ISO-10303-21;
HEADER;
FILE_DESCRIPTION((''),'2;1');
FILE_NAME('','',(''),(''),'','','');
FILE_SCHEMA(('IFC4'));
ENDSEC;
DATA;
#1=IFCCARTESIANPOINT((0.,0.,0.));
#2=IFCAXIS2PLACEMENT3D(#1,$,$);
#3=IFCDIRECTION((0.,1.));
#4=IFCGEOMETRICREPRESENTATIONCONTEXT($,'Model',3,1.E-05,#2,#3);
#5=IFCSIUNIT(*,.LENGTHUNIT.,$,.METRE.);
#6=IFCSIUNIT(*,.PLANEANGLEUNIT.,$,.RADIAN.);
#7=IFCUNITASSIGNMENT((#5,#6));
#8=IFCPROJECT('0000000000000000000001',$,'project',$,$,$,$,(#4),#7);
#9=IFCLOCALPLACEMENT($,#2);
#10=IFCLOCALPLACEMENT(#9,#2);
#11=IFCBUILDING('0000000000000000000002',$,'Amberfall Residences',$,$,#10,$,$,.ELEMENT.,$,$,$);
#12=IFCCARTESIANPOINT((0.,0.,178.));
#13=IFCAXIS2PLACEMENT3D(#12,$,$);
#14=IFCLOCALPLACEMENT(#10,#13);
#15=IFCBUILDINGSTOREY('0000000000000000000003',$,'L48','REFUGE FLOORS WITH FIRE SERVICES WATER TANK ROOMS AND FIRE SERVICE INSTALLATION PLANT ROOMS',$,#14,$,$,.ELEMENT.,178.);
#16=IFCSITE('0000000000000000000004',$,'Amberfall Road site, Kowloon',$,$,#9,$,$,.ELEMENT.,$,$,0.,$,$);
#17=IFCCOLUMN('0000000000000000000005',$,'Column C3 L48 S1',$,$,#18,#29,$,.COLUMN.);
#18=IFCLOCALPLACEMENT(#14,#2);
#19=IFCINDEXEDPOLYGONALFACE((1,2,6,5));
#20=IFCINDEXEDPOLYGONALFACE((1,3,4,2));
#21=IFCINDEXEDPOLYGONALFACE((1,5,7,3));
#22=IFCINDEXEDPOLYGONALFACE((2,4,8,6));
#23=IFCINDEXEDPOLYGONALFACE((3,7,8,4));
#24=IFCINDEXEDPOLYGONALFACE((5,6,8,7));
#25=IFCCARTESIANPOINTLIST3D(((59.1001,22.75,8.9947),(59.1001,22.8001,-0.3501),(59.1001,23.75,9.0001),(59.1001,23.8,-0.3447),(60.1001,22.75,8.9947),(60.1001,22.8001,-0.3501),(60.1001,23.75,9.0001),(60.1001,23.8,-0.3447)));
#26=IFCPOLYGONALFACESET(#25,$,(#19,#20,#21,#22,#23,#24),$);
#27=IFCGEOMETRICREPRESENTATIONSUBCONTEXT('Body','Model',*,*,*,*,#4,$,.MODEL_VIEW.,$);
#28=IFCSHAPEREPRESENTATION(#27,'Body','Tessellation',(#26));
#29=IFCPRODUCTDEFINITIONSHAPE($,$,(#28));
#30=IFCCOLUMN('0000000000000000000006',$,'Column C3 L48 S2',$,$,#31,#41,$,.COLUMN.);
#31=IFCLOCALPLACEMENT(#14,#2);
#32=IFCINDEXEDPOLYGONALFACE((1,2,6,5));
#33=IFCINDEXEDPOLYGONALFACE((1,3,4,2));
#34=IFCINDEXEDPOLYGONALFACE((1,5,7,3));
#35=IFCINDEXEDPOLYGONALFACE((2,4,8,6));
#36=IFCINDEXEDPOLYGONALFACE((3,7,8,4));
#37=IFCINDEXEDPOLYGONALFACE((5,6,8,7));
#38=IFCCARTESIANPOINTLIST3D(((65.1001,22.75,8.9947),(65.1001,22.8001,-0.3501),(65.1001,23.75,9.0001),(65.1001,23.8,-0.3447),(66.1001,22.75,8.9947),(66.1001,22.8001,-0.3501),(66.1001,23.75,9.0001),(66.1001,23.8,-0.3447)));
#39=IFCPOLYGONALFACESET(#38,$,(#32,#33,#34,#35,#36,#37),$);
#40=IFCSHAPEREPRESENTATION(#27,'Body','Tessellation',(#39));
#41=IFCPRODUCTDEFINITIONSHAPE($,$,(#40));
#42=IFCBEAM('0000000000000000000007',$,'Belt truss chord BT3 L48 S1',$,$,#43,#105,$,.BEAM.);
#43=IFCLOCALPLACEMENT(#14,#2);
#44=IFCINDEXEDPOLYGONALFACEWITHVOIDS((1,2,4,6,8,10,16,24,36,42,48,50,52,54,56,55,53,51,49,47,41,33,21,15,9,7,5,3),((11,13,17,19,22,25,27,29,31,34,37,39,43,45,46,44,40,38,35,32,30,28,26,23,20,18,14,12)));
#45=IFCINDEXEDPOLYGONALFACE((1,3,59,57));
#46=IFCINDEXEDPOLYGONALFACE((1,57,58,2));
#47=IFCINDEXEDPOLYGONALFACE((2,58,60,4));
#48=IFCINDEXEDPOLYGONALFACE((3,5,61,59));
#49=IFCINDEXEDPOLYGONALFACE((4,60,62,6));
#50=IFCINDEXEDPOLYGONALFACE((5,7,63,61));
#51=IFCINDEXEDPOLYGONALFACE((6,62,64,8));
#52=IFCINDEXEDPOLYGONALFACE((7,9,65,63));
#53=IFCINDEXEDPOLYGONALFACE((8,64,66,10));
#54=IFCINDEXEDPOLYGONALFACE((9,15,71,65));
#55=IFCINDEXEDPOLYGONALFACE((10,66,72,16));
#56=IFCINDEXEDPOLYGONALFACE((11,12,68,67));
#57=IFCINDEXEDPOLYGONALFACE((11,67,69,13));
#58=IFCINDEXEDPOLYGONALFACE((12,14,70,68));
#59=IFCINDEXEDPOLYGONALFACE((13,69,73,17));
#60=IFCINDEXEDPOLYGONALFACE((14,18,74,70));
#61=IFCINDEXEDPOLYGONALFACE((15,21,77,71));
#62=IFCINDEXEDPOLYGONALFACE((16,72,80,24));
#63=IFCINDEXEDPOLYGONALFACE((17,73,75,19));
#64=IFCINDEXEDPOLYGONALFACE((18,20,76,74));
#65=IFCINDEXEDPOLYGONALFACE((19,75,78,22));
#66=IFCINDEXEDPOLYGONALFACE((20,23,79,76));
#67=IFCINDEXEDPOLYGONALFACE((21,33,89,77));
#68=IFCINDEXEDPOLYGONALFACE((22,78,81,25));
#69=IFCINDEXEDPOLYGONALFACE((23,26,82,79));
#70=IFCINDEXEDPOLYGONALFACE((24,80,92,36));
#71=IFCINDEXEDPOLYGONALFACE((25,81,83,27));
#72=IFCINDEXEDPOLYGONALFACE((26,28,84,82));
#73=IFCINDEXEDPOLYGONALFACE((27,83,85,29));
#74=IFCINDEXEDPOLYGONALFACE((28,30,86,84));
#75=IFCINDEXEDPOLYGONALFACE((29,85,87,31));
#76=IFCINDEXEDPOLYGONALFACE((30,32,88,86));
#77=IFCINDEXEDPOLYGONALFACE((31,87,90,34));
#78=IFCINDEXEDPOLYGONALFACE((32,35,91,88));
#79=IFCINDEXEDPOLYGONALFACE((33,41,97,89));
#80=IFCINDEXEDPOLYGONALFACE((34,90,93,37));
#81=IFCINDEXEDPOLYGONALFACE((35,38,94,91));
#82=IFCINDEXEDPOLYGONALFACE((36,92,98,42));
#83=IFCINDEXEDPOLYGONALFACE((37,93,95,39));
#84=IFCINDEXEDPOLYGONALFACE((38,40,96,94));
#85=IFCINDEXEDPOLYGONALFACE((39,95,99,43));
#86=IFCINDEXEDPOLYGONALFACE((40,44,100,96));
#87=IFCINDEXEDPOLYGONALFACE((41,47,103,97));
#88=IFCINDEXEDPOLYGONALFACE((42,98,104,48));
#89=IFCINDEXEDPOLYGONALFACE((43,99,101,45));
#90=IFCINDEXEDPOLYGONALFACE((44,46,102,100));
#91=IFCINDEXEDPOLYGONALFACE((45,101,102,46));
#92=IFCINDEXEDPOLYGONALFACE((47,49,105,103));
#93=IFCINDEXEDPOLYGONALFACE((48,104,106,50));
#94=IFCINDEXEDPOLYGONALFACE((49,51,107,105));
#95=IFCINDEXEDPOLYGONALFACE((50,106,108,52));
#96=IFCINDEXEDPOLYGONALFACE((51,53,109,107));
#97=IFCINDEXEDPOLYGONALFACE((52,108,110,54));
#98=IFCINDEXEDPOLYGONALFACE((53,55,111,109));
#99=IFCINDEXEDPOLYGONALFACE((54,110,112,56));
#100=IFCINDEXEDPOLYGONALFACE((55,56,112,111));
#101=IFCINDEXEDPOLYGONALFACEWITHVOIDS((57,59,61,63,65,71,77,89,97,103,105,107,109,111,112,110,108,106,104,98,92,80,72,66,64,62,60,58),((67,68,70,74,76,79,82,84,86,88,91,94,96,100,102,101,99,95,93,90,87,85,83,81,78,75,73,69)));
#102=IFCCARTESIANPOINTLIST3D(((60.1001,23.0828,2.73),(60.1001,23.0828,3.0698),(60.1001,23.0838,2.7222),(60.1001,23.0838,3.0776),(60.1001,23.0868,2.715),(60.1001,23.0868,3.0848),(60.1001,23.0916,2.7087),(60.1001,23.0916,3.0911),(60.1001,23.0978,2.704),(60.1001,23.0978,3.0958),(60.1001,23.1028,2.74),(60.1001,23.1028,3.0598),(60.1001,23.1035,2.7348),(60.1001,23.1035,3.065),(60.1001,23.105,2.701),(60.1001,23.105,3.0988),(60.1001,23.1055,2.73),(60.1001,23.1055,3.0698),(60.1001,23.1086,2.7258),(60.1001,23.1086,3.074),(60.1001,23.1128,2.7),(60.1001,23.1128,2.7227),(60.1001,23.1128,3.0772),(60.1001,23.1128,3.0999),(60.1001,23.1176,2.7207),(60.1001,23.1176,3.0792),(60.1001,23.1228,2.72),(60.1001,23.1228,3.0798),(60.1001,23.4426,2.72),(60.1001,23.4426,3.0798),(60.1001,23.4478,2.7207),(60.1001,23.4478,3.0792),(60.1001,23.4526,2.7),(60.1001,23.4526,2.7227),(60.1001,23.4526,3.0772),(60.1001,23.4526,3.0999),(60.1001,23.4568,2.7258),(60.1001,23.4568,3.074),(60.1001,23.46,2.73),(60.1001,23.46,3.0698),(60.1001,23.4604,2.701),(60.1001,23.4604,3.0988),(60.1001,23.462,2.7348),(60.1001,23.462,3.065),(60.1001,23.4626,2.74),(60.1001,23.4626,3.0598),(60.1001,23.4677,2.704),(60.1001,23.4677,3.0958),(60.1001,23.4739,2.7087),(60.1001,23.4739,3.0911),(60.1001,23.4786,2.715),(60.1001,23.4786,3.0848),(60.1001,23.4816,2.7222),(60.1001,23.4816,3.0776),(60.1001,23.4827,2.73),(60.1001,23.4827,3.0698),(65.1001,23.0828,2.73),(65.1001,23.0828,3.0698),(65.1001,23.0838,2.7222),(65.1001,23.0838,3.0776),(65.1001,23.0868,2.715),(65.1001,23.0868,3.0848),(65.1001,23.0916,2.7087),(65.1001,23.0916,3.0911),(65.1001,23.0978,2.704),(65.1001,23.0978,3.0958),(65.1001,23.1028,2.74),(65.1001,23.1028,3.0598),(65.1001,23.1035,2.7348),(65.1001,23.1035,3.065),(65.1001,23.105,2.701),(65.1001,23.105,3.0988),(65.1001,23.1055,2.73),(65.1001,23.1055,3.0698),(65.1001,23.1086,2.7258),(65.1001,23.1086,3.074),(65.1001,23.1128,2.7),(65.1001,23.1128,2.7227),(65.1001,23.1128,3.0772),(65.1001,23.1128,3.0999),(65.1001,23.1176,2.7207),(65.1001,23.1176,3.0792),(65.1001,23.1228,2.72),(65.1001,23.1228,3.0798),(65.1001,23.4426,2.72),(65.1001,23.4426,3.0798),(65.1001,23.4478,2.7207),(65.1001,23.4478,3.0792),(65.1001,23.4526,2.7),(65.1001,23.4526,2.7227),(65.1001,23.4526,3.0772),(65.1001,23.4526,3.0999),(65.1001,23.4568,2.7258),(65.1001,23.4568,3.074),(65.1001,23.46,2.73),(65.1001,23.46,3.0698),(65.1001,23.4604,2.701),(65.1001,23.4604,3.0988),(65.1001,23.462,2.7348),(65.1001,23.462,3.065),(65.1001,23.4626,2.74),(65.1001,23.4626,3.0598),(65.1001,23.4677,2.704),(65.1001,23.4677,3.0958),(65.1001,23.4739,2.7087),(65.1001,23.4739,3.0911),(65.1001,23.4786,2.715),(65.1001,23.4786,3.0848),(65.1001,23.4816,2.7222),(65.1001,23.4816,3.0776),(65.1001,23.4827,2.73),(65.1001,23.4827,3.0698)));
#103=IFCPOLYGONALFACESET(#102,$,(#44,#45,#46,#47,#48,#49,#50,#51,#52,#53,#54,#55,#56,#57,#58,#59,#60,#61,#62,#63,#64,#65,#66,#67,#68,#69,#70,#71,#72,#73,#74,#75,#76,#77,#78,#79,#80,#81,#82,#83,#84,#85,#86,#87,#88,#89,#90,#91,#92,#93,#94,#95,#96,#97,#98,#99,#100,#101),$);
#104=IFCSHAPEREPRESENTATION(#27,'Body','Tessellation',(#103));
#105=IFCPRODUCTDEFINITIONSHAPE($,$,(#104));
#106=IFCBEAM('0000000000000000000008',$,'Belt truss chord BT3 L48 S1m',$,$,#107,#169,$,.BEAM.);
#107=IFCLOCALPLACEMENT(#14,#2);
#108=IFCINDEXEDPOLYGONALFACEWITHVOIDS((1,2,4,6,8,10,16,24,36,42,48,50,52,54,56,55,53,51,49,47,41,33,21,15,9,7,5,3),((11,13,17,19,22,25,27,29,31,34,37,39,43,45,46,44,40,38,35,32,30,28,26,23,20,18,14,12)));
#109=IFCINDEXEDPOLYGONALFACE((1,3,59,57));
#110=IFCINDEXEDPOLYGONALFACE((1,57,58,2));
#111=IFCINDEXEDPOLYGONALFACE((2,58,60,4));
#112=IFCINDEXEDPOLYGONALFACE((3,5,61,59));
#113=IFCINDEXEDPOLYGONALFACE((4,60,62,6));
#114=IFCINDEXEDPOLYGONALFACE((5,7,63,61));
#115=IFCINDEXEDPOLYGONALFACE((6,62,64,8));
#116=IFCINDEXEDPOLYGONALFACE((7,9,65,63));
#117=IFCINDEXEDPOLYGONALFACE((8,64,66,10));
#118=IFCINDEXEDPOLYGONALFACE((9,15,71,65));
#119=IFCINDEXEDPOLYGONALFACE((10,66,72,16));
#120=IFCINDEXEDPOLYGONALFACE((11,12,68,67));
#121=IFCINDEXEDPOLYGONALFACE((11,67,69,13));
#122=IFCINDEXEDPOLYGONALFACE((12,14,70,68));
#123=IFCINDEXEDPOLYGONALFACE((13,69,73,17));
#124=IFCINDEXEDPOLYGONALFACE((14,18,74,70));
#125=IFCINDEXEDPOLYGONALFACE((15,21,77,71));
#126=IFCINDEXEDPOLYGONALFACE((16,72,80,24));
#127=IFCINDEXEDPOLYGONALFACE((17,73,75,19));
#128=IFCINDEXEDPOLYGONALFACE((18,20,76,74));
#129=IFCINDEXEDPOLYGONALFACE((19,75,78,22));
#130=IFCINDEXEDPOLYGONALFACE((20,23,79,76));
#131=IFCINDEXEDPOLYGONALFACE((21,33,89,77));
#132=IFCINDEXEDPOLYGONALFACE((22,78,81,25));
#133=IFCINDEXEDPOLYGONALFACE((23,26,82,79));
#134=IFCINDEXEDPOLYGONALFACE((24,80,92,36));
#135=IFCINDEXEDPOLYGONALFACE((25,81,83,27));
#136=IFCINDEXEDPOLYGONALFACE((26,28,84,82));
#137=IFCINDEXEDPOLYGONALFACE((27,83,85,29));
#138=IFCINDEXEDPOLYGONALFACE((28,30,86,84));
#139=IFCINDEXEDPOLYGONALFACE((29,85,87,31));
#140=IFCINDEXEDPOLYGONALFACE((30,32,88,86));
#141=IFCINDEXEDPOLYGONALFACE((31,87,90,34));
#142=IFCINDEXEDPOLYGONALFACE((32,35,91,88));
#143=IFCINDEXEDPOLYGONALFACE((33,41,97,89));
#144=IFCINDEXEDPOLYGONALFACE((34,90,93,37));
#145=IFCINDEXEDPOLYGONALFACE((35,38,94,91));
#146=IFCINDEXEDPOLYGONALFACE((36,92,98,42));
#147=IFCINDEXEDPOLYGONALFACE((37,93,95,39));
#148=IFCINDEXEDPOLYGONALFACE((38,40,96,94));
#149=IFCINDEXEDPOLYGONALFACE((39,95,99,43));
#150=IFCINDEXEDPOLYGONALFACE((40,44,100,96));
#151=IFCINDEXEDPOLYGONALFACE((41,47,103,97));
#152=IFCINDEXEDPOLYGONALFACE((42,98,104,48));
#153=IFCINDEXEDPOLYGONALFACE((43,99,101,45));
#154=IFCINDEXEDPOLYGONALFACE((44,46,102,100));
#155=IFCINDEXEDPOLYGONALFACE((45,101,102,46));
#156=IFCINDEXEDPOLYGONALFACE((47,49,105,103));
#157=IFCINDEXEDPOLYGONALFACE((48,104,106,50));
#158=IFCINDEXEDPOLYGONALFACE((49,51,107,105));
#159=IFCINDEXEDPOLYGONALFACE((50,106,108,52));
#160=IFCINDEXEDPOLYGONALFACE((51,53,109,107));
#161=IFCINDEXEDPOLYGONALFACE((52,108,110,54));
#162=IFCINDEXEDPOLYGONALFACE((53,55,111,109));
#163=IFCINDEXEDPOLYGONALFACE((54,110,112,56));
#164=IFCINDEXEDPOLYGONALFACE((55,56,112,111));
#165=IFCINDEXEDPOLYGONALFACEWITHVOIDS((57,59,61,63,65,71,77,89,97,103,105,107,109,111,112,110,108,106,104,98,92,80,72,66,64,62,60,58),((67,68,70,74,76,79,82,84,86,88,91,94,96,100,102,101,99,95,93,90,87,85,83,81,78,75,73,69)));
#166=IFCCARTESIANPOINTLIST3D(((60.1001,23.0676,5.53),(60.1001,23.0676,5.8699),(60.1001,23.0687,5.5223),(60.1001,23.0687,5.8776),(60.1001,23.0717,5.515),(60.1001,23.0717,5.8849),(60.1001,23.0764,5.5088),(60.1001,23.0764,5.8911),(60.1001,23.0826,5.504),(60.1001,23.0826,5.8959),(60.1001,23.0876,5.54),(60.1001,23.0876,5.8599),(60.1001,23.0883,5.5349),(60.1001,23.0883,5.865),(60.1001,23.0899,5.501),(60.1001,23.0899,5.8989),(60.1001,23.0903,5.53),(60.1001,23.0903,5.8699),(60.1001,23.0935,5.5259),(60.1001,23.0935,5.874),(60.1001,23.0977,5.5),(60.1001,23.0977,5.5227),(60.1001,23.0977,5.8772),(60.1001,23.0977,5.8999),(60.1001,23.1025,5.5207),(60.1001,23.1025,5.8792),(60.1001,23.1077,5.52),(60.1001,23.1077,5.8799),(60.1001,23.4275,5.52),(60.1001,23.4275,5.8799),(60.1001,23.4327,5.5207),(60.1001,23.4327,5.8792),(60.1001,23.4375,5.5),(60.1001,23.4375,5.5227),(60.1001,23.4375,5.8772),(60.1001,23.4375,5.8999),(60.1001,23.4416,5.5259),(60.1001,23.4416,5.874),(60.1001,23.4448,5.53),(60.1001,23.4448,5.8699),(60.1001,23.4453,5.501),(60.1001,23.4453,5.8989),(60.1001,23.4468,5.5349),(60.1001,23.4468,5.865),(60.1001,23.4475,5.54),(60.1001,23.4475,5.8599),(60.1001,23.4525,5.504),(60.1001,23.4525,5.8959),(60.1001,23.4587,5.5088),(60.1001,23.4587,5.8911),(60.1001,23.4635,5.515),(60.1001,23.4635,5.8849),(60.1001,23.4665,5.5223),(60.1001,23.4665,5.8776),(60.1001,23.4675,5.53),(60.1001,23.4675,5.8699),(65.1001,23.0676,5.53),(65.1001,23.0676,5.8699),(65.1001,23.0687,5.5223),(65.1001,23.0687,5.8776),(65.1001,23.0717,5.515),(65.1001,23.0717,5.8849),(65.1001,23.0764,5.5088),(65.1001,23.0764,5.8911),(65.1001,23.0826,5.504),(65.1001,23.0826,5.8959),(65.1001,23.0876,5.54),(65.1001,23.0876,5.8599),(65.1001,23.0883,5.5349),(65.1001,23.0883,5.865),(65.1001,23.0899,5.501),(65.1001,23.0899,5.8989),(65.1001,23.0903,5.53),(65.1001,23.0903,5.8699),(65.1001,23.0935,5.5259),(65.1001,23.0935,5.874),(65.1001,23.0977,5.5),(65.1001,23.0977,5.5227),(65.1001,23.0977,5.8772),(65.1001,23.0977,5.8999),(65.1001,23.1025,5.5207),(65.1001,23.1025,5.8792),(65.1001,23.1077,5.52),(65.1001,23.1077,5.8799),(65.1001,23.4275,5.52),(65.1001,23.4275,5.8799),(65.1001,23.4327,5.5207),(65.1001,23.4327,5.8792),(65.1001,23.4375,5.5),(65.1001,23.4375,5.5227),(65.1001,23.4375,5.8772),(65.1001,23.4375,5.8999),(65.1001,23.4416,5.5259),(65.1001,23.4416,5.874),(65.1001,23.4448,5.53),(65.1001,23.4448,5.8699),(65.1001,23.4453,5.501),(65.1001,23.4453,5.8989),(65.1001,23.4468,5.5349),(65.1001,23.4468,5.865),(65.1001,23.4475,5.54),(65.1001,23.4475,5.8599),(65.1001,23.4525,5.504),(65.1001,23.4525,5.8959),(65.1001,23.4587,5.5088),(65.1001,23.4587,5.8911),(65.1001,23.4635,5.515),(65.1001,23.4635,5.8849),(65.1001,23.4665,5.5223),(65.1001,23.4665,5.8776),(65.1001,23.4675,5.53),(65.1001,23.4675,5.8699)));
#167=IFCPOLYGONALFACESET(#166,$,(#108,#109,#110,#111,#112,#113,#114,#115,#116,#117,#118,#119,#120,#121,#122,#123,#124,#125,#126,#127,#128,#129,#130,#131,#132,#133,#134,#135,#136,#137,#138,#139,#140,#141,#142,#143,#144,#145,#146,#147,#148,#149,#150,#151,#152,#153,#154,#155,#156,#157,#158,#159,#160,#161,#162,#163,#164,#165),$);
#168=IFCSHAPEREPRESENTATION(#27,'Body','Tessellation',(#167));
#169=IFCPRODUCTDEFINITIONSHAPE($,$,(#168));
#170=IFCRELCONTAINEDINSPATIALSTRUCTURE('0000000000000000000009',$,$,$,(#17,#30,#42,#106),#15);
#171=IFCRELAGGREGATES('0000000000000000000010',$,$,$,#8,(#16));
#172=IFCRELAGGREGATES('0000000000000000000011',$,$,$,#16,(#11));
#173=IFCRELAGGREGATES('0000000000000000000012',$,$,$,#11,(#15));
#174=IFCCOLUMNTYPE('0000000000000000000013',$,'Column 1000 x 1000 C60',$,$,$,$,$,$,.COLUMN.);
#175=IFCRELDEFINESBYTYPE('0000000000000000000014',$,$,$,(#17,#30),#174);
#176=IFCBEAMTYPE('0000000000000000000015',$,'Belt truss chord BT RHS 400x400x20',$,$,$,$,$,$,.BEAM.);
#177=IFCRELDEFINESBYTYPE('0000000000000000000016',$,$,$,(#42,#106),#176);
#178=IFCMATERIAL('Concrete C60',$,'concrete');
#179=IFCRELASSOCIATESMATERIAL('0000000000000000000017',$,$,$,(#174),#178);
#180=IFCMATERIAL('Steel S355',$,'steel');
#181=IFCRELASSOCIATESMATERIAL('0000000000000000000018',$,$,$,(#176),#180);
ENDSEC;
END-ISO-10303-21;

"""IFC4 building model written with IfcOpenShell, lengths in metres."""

from ifc_helpers import new_model, si_unit, direction, frame, origin, origin_2d, place, context, subcontext, project, spatial, rectangle, hollow_rectangle, extrude, material, material_profile, profile_set, type_object, element, save


model = new_model("IFC4")

# Units and contexts
model_context = context("Model", 3, precision=1e-05, world=origin(), true_north=direction((0.0, 1.0)))
body_context = subcontext(model_context, "Body", "Model", "MODEL_VIEW")
ifc_project = project(units=[si_unit("LENGTHUNIT", "METRE"), si_unit("PLANEANGLEUNIT", "RADIAN")], contexts=[model_context])

# Site, building, storey
site_placement = place(None, origin())
site = spatial("IfcSite", under=ifc_project, at=site_placement, Name="Amberfall Road site, Kowloon", CompositionType="ELEMENT", RefElevation=0.0)
building_placement = place(site_placement, origin())
building = spatial("IfcBuilding", under=site, at=building_placement, Name="Amberfall Residences", CompositionType="ELEMENT")
storey_placement = place(building_placement, frame((0.0, 0.0, 178.0)))
storey = spatial("IfcBuildingStorey", under=building, at=storey_placement, Name="L48", Description="REFUGE FLOORS WITH FIRE SERVICES WATER TANK ROOMS AND FIRE SERVICE INSTALLATION PLANT ROOMS", CompositionType="ELEMENT", Elevation=178.0)

# Columns
ifc_material_1 = material(Name="Concrete C60", Category="concrete")
ifc_material_profile_1 = material_profile(ifc_material_1, rectangle(XDim=1.0, YDim=1.0, at=origin_2d()), Name="Column 1000 x 1000 C60")
ifc_profile_set_1 = profile_set([ifc_material_profile_1], Name="Concrete C60")
column_type = type_object("IfcColumnType", Name="Column 1000 x 1000 C60", PredefinedType="COLUMN", material=ifc_profile_set_1)
for number, where, z_axis, x_axis, name in (
    (1, (59.6001, 23.3, -0.3474), (0.0, -0.005356, 0.999986), (1.0, 0.0, 0.0), "Column C3 L48 S1"),
    (2, (65.6001, 23.3, -0.3474), (0.0, -0.005356, 0.999986), (1.0, 0.0, 0.0), "Column C3 L48 S2"),
):
    element("IfcColumn", number, at=place(storey_placement, frame(where, z_axis=z_axis, x_axis=x_axis)), inside=storey, type_object=column_type, Name=name, PredefinedType="COLUMN", context=body_context, shape_type="SweptSolid", body=[
        extrude(rectangle(XDim=1.0, YDim=1.0, at=origin_2d()), origin(), (0.0, 0.0, 1.0), 9.345),
    ])

# Beams
ifc_material_2 = material(Name="Steel S355", Category="steel")
ifc_material_profile_2 = material_profile(ifc_material_2, hollow_rectangle(XDim=0.3999, YDim=0.3999, WallThickness=0.02, InnerFilletRadius=0.02, OuterFilletRadius=0.03, at=origin_2d()), Name="RHS 400x400x20")
ifc_profile_set_2 = profile_set([ifc_material_profile_2], Name="Steel S355")
beam_type_1 = type_object("IfcBeamType", Name="Belt truss chord BT RHS 400x400x20", PredefinedType="BEAM", material=ifc_profile_set_2)
for number, where, z_axis, x_axis, name in (
    (3, (60.1001, 23.2827, 2.8999), (1.0, 0.0, 0.0), (0.0, 1.0, 0.0), "Belt truss chord BT3 L48 S1"),
    (4, (60.1001, 23.2676, 5.7), (1.0, 0.0, 0.0), (0.0, 1.0, 0.0), "Belt truss chord BT3 L48 S1m"),
):
    element("IfcBeam", number, at=place(storey_placement, frame(where, z_axis=z_axis, x_axis=x_axis)), inside=storey, type_object=beam_type_1, Name=name, PredefinedType="BEAM", context=body_context, shape_type="SweptSolid", body=[
        extrude(hollow_rectangle(XDim=0.3999, YDim=0.3999, WallThickness=0.02, InnerFilletRadius=0.02, OuterFilletRadius=0.03, at=origin_2d()), origin(), (0.0, 0.0, 1.0), 5.0),
    ])

save(model, "model.ifc")
